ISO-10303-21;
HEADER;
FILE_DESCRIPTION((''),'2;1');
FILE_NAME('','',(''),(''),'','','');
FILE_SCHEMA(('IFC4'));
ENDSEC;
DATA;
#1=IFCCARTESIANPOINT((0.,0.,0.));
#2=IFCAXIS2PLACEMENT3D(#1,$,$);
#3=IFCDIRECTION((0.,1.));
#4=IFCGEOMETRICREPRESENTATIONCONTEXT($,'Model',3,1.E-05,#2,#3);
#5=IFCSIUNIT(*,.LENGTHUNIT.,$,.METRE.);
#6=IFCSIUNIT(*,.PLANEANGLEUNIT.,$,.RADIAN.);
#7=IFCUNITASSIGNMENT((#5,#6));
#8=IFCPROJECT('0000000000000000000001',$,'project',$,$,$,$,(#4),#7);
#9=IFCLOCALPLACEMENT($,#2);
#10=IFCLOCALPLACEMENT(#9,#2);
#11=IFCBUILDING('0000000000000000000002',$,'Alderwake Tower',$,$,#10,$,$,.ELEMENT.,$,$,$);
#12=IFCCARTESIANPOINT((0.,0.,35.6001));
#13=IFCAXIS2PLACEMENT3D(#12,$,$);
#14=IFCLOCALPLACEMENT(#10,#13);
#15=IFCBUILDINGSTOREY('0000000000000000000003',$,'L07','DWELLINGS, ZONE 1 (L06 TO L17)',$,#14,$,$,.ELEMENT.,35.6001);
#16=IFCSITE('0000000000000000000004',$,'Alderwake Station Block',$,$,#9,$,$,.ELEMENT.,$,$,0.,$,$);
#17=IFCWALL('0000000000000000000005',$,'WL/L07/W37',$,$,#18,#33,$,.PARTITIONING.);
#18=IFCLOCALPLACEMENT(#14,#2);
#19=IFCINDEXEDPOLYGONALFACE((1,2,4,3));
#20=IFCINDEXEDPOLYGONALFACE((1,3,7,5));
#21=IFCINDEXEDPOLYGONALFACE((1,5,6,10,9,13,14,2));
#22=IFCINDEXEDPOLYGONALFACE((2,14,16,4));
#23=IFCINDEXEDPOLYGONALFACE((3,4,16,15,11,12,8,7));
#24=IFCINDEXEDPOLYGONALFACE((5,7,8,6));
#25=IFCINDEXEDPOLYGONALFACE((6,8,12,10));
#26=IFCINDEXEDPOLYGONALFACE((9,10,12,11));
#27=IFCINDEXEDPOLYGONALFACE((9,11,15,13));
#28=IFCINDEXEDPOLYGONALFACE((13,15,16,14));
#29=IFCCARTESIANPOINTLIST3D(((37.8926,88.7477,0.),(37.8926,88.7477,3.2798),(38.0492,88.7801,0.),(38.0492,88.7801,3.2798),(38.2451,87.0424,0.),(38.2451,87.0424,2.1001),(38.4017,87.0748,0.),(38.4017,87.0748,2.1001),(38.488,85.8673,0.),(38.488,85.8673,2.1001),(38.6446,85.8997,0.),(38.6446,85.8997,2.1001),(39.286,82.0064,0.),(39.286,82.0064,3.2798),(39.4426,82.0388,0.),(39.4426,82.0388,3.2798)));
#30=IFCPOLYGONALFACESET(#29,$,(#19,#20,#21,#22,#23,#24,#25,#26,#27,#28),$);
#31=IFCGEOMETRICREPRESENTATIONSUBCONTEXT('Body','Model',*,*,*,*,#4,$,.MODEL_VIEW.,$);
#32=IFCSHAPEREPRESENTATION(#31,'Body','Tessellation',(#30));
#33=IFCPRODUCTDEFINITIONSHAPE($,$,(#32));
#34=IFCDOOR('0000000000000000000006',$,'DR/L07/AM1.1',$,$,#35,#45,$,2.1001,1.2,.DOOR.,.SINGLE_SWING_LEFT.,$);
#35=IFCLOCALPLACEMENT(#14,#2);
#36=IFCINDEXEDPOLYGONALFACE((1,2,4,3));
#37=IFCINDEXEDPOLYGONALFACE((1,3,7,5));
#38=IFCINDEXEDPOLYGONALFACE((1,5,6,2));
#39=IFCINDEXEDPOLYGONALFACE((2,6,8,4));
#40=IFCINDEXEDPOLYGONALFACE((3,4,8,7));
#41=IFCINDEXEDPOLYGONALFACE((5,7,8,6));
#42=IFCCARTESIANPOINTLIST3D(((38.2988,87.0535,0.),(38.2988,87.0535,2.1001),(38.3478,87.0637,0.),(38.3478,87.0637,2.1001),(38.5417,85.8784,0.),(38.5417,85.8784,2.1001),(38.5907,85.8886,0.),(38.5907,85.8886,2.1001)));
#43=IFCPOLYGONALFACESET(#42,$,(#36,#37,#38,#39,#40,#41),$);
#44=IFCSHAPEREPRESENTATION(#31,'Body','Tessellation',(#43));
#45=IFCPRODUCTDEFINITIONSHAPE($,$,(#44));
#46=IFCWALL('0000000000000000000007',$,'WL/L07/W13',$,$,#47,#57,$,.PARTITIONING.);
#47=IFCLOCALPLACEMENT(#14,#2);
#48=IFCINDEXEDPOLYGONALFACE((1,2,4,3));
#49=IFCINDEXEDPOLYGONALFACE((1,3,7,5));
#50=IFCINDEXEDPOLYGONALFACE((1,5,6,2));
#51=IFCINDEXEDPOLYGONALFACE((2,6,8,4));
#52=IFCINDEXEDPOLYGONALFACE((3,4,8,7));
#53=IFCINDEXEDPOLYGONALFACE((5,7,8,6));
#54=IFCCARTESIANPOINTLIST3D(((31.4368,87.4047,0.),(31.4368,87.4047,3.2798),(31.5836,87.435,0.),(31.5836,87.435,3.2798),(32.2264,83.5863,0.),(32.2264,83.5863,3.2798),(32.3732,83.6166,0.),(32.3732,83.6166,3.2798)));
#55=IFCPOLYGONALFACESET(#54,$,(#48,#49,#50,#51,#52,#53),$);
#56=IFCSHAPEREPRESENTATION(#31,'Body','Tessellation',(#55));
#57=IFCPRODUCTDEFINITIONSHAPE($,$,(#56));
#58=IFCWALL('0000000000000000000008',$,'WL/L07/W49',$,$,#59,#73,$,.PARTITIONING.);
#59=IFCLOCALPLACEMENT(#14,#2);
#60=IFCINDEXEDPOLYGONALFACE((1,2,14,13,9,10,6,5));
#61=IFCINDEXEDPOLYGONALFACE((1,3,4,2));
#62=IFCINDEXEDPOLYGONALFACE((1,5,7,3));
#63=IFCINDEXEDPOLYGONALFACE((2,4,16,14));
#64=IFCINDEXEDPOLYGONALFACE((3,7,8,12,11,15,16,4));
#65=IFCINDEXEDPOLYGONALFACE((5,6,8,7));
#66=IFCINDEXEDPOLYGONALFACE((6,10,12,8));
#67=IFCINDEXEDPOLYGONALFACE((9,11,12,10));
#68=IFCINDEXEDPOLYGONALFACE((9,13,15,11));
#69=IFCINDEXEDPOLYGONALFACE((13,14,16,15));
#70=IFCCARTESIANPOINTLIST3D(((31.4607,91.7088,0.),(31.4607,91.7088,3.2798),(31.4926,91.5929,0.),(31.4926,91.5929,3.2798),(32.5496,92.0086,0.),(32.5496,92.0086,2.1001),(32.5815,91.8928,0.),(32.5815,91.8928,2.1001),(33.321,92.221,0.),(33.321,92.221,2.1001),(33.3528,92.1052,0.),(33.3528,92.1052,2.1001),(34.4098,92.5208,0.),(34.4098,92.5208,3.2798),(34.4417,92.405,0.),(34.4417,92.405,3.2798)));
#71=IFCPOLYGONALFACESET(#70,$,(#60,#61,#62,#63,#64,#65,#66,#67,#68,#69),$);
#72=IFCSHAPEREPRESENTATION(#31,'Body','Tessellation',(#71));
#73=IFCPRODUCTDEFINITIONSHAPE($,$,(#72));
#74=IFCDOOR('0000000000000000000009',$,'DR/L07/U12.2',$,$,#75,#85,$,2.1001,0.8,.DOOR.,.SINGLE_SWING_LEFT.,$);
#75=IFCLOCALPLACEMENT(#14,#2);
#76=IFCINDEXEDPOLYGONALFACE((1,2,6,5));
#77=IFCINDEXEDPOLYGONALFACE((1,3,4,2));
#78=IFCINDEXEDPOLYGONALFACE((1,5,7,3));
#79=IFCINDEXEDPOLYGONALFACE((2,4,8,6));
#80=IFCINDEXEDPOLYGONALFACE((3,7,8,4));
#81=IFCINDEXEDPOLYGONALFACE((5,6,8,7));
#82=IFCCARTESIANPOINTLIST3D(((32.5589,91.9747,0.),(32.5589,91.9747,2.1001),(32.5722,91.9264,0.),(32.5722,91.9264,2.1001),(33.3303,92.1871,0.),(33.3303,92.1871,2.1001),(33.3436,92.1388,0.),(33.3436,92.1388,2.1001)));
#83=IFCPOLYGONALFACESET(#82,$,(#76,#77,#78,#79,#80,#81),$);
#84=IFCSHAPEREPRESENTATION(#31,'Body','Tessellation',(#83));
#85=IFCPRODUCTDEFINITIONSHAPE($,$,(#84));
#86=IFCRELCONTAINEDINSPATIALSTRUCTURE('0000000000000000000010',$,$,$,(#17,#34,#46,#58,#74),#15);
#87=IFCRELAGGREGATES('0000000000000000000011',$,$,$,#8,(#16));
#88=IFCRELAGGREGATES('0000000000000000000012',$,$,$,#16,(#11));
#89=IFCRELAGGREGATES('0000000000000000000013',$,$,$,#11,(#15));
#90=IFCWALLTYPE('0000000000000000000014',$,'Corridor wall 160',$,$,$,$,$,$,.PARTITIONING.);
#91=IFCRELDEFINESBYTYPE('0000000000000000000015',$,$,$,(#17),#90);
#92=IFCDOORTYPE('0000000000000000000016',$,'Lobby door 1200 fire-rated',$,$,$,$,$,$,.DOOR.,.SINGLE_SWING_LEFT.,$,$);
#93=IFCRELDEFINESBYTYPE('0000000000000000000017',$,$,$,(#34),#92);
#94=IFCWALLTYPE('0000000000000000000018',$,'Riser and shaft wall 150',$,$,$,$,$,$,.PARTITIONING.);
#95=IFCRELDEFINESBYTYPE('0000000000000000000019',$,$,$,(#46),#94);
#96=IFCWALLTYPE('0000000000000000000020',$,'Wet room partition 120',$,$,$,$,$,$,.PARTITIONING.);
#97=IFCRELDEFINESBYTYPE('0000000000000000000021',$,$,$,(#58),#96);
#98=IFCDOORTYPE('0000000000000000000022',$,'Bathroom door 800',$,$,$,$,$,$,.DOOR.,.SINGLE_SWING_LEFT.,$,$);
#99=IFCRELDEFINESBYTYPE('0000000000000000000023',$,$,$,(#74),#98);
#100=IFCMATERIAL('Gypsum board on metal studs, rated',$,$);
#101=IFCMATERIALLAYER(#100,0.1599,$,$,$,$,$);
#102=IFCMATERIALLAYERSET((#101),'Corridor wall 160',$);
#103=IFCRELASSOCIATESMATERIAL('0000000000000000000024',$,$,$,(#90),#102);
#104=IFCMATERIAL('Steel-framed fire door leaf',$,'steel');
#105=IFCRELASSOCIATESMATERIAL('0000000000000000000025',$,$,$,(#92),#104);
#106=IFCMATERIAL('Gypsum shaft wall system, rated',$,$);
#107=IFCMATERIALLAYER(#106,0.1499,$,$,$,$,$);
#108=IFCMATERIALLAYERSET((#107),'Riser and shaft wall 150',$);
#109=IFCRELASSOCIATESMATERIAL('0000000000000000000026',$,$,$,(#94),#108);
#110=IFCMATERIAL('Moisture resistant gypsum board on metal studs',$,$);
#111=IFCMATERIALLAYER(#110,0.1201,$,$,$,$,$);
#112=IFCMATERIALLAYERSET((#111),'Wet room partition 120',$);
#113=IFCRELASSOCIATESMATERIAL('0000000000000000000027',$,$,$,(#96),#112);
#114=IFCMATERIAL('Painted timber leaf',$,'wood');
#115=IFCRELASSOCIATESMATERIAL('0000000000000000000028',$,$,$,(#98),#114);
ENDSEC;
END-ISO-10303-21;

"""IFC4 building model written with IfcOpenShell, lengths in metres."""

from ifc_helpers import new_model, si_unit, direction, frame, frame_2d, origin, place, context, subcontext, project, spatial, rectangle, extrude, material, layer, layer_set, type_object, element, fill, save


model = new_model("IFC4")

# Units and contexts
model_context = context("Model", 3, precision=1e-05, world=origin(), true_north=direction((0.0, 1.0)))
body_context = subcontext(model_context, "Body", "Model", "MODEL_VIEW")
ifc_project = project(units=[si_unit("LENGTHUNIT", "METRE"), si_unit("PLANEANGLEUNIT", "RADIAN")], contexts=[model_context])

# Site, building, storey
site_placement = place(None, origin())
site = spatial("IfcSite", under=ifc_project, at=site_placement, Name="Alderwake Station Block", CompositionType="ELEMENT", RefElevation=0.0)
building_placement = place(site_placement, origin())
building = spatial("IfcBuilding", under=site, at=building_placement, Name="Alderwake Tower", CompositionType="ELEMENT")
storey_placement = place(building_placement, frame((0.0, 0.0, 35.6001)))
storey = spatial("IfcBuildingStorey", under=building, at=storey_placement, Name="L07", Description="DWELLINGS, ZONE 1 (L06 TO L17)", CompositionType="ELEMENT", Elevation=35.6001)

# Shared definitions
ifc_material_1 = material(Name="Gypsum board on metal studs, rated")
ifc_layer_1 = layer(ifc_material_1, 0.1599)
ifc_layer_set_1 = layer_set([ifc_layer_1], Name="Corridor wall 160")
wall_type_1 = type_object("IfcWallType", Name="Corridor wall 160", PredefinedType="PARTITIONING", material=ifc_layer_set_1)

# Wall, opening, door
wall_1_placement = place(storey_placement, frame((37.9709, 88.7639, 0.0), z_axis=(0.0, 0.0, 1.0), x_axis=(0.202407, -0.979301, 0.0)))
wall_1 = element("IfcWall", 1, at=wall_1_placement, inside=storey, type_object=wall_type_1, Name="WL/L07/W37", PredefinedType="PARTITIONING", context=body_context, shape_type="SweptSolid", body=[
    extrude(rectangle(XDim=6.8838, YDim=0.1599, at=frame_2d((3.4419, 0.0))), origin(), (0.0, 0.0, 1.0), 3.2798),
])
opening_1_placement = place(wall_1_placement, frame((1.7412, 0.0, 0.0)))
opening_1 = element("IfcOpeningElement", 2, at=opening_1_placement, cuts=wall_1, PredefinedType="OPENING", context=body_context, shape_type="SweptSolid", body=[
    extrude(rectangle(XDim=1.2, YDim=2.1001, at=frame_2d((0.6001, 1.05))), frame((0.0, 0.0898, 0.0), z_axis=(0.0, -1.0, 0.0), x_axis=(1.0, 0.0, 0.0)), (0.0, 0.0, 1.0), 0.1799),
])
ifc_material_2 = material(Name="Steel-framed fire door leaf", Category="steel")
door_type_1 = type_object("IfcDoorType", Name="Lobby door 1200 fire-rated", OperationType="SINGLE_SWING_LEFT", PredefinedType="DOOR", material=ifc_material_2)
door_1_placement = place(opening_1_placement, origin())
door_1 = element("IfcDoor", 3, at=door_1_placement, inside=storey, type_object=door_type_1, Name="DR/L07/AM1.1", OperationType="SINGLE_SWING_LEFT", OverallHeight=2.1001, OverallWidth=1.2, PredefinedType="DOOR", context=body_context, shape_type="SweptSolid", body=[
    extrude(rectangle(XDim=1.2, YDim=2.1001, at=frame_2d((0.6001, 1.05))), frame((0.0, 0.0249, 0.0), z_axis=(0.0, -1.0, 0.0), x_axis=(1.0, 0.0, 0.0)), (0.0, 0.0, 1.0), 0.05),
])
fill(opening_1, door_1)

# Wall
ifc_material_3 = material(Name="Gypsum shaft wall system, rated")
ifc_layer_2 = layer(ifc_material_3, 0.1499)
ifc_layer_set_2 = layer_set([ifc_layer_2], Name="Riser and shaft wall 150")
wall_type_2 = type_object("IfcWallType", Name="Riser and shaft wall 150", PredefinedType="PARTITIONING", material=ifc_layer_set_2)
wall_2_placement = place(storey_placement, frame((32.2998, 83.6013, 0.0), z_axis=(0.0, 0.0, 1.0), x_axis=(-0.202494, 0.979284, 0.0)))
element("IfcWall", 4, at=wall_2_placement, inside=storey, type_object=wall_type_2, Name="WL/L07/W13", PredefinedType="PARTITIONING", context=body_context, shape_type="SweptSolid", body=[
    extrude(rectangle(XDim=3.8992, YDim=0.1499, at=frame_2d((1.9497, 0.0))), origin(), (0.0, 0.0, 1.0), 3.2798),
])

# Wall, opening, door
ifc_material_4 = material(Name="Moisture resistant gypsum board on metal studs")
ifc_layer_3 = layer(ifc_material_4, 0.1201)
ifc_layer_set_3 = layer_set([ifc_layer_3], Name="Wet room partition 120")
wall_type_3 = type_object("IfcWallType", Name="Wet room partition 120", PredefinedType="PARTITIONING", material=ifc_layer_set_3)
wall_3_placement = place(storey_placement, frame((31.4768, 91.6509, 0.0), z_axis=(0.0, 0.0, 1.0), x_axis=(0.964118, 0.265474, 0.0)))
wall_3 = element("IfcWall", 5, at=wall_3_placement, inside=storey, type_object=wall_type_3, Name="WL/L07/W49", PredefinedType="PARTITIONING", context=body_context, shape_type="SweptSolid", body=[
    extrude(rectangle(XDim=3.0588, YDim=0.1201, at=frame_2d((1.5293, 0.0))), origin(), (0.0, 0.0, 1.0), 3.2798),
])
opening_2_placement = place(wall_3_placement, frame((1.1294, 0.0, 0.0)))
opening_2 = element("IfcOpeningElement", 6, at=opening_2_placement, cuts=wall_3, PredefinedType="OPENING", context=body_context, shape_type="SweptSolid", body=[
    extrude(rectangle(XDim=0.8, YDim=2.1001, at=frame_2d((0.3999, 1.05))), frame((0.0, 0.0701, 0.0), z_axis=(0.0, -1.0, 0.0), x_axis=(1.0, 0.0, 0.0)), (0.0, 0.0, 1.0), 0.1401),
])
ifc_material_5 = material(Name="Painted timber leaf", Category="wood")
door_type_2 = type_object("IfcDoorType", Name="Bathroom door 800", OperationType="SINGLE_SWING_LEFT", PredefinedType="DOOR", material=ifc_material_5)
door_2_placement = place(opening_2_placement, origin())
door_2 = element("IfcDoor", 7, at=door_2_placement, inside=storey, type_object=door_type_2, Name="DR/L07/U12.2", OperationType="SINGLE_SWING_LEFT", OverallHeight=2.1001, OverallWidth=0.8, PredefinedType="DOOR", context=body_context, shape_type="SweptSolid", body=[
    extrude(rectangle(XDim=0.8, YDim=2.1001, at=frame_2d((0.3999, 1.05))), frame((0.0, 0.0249, 0.0), z_axis=(0.0, -1.0, 0.0), x_axis=(1.0, 0.0, 0.0)), (0.0, 0.0, 1.0), 0.05),
])
fill(opening_2, door_2)

save(model, "model.ifc")
